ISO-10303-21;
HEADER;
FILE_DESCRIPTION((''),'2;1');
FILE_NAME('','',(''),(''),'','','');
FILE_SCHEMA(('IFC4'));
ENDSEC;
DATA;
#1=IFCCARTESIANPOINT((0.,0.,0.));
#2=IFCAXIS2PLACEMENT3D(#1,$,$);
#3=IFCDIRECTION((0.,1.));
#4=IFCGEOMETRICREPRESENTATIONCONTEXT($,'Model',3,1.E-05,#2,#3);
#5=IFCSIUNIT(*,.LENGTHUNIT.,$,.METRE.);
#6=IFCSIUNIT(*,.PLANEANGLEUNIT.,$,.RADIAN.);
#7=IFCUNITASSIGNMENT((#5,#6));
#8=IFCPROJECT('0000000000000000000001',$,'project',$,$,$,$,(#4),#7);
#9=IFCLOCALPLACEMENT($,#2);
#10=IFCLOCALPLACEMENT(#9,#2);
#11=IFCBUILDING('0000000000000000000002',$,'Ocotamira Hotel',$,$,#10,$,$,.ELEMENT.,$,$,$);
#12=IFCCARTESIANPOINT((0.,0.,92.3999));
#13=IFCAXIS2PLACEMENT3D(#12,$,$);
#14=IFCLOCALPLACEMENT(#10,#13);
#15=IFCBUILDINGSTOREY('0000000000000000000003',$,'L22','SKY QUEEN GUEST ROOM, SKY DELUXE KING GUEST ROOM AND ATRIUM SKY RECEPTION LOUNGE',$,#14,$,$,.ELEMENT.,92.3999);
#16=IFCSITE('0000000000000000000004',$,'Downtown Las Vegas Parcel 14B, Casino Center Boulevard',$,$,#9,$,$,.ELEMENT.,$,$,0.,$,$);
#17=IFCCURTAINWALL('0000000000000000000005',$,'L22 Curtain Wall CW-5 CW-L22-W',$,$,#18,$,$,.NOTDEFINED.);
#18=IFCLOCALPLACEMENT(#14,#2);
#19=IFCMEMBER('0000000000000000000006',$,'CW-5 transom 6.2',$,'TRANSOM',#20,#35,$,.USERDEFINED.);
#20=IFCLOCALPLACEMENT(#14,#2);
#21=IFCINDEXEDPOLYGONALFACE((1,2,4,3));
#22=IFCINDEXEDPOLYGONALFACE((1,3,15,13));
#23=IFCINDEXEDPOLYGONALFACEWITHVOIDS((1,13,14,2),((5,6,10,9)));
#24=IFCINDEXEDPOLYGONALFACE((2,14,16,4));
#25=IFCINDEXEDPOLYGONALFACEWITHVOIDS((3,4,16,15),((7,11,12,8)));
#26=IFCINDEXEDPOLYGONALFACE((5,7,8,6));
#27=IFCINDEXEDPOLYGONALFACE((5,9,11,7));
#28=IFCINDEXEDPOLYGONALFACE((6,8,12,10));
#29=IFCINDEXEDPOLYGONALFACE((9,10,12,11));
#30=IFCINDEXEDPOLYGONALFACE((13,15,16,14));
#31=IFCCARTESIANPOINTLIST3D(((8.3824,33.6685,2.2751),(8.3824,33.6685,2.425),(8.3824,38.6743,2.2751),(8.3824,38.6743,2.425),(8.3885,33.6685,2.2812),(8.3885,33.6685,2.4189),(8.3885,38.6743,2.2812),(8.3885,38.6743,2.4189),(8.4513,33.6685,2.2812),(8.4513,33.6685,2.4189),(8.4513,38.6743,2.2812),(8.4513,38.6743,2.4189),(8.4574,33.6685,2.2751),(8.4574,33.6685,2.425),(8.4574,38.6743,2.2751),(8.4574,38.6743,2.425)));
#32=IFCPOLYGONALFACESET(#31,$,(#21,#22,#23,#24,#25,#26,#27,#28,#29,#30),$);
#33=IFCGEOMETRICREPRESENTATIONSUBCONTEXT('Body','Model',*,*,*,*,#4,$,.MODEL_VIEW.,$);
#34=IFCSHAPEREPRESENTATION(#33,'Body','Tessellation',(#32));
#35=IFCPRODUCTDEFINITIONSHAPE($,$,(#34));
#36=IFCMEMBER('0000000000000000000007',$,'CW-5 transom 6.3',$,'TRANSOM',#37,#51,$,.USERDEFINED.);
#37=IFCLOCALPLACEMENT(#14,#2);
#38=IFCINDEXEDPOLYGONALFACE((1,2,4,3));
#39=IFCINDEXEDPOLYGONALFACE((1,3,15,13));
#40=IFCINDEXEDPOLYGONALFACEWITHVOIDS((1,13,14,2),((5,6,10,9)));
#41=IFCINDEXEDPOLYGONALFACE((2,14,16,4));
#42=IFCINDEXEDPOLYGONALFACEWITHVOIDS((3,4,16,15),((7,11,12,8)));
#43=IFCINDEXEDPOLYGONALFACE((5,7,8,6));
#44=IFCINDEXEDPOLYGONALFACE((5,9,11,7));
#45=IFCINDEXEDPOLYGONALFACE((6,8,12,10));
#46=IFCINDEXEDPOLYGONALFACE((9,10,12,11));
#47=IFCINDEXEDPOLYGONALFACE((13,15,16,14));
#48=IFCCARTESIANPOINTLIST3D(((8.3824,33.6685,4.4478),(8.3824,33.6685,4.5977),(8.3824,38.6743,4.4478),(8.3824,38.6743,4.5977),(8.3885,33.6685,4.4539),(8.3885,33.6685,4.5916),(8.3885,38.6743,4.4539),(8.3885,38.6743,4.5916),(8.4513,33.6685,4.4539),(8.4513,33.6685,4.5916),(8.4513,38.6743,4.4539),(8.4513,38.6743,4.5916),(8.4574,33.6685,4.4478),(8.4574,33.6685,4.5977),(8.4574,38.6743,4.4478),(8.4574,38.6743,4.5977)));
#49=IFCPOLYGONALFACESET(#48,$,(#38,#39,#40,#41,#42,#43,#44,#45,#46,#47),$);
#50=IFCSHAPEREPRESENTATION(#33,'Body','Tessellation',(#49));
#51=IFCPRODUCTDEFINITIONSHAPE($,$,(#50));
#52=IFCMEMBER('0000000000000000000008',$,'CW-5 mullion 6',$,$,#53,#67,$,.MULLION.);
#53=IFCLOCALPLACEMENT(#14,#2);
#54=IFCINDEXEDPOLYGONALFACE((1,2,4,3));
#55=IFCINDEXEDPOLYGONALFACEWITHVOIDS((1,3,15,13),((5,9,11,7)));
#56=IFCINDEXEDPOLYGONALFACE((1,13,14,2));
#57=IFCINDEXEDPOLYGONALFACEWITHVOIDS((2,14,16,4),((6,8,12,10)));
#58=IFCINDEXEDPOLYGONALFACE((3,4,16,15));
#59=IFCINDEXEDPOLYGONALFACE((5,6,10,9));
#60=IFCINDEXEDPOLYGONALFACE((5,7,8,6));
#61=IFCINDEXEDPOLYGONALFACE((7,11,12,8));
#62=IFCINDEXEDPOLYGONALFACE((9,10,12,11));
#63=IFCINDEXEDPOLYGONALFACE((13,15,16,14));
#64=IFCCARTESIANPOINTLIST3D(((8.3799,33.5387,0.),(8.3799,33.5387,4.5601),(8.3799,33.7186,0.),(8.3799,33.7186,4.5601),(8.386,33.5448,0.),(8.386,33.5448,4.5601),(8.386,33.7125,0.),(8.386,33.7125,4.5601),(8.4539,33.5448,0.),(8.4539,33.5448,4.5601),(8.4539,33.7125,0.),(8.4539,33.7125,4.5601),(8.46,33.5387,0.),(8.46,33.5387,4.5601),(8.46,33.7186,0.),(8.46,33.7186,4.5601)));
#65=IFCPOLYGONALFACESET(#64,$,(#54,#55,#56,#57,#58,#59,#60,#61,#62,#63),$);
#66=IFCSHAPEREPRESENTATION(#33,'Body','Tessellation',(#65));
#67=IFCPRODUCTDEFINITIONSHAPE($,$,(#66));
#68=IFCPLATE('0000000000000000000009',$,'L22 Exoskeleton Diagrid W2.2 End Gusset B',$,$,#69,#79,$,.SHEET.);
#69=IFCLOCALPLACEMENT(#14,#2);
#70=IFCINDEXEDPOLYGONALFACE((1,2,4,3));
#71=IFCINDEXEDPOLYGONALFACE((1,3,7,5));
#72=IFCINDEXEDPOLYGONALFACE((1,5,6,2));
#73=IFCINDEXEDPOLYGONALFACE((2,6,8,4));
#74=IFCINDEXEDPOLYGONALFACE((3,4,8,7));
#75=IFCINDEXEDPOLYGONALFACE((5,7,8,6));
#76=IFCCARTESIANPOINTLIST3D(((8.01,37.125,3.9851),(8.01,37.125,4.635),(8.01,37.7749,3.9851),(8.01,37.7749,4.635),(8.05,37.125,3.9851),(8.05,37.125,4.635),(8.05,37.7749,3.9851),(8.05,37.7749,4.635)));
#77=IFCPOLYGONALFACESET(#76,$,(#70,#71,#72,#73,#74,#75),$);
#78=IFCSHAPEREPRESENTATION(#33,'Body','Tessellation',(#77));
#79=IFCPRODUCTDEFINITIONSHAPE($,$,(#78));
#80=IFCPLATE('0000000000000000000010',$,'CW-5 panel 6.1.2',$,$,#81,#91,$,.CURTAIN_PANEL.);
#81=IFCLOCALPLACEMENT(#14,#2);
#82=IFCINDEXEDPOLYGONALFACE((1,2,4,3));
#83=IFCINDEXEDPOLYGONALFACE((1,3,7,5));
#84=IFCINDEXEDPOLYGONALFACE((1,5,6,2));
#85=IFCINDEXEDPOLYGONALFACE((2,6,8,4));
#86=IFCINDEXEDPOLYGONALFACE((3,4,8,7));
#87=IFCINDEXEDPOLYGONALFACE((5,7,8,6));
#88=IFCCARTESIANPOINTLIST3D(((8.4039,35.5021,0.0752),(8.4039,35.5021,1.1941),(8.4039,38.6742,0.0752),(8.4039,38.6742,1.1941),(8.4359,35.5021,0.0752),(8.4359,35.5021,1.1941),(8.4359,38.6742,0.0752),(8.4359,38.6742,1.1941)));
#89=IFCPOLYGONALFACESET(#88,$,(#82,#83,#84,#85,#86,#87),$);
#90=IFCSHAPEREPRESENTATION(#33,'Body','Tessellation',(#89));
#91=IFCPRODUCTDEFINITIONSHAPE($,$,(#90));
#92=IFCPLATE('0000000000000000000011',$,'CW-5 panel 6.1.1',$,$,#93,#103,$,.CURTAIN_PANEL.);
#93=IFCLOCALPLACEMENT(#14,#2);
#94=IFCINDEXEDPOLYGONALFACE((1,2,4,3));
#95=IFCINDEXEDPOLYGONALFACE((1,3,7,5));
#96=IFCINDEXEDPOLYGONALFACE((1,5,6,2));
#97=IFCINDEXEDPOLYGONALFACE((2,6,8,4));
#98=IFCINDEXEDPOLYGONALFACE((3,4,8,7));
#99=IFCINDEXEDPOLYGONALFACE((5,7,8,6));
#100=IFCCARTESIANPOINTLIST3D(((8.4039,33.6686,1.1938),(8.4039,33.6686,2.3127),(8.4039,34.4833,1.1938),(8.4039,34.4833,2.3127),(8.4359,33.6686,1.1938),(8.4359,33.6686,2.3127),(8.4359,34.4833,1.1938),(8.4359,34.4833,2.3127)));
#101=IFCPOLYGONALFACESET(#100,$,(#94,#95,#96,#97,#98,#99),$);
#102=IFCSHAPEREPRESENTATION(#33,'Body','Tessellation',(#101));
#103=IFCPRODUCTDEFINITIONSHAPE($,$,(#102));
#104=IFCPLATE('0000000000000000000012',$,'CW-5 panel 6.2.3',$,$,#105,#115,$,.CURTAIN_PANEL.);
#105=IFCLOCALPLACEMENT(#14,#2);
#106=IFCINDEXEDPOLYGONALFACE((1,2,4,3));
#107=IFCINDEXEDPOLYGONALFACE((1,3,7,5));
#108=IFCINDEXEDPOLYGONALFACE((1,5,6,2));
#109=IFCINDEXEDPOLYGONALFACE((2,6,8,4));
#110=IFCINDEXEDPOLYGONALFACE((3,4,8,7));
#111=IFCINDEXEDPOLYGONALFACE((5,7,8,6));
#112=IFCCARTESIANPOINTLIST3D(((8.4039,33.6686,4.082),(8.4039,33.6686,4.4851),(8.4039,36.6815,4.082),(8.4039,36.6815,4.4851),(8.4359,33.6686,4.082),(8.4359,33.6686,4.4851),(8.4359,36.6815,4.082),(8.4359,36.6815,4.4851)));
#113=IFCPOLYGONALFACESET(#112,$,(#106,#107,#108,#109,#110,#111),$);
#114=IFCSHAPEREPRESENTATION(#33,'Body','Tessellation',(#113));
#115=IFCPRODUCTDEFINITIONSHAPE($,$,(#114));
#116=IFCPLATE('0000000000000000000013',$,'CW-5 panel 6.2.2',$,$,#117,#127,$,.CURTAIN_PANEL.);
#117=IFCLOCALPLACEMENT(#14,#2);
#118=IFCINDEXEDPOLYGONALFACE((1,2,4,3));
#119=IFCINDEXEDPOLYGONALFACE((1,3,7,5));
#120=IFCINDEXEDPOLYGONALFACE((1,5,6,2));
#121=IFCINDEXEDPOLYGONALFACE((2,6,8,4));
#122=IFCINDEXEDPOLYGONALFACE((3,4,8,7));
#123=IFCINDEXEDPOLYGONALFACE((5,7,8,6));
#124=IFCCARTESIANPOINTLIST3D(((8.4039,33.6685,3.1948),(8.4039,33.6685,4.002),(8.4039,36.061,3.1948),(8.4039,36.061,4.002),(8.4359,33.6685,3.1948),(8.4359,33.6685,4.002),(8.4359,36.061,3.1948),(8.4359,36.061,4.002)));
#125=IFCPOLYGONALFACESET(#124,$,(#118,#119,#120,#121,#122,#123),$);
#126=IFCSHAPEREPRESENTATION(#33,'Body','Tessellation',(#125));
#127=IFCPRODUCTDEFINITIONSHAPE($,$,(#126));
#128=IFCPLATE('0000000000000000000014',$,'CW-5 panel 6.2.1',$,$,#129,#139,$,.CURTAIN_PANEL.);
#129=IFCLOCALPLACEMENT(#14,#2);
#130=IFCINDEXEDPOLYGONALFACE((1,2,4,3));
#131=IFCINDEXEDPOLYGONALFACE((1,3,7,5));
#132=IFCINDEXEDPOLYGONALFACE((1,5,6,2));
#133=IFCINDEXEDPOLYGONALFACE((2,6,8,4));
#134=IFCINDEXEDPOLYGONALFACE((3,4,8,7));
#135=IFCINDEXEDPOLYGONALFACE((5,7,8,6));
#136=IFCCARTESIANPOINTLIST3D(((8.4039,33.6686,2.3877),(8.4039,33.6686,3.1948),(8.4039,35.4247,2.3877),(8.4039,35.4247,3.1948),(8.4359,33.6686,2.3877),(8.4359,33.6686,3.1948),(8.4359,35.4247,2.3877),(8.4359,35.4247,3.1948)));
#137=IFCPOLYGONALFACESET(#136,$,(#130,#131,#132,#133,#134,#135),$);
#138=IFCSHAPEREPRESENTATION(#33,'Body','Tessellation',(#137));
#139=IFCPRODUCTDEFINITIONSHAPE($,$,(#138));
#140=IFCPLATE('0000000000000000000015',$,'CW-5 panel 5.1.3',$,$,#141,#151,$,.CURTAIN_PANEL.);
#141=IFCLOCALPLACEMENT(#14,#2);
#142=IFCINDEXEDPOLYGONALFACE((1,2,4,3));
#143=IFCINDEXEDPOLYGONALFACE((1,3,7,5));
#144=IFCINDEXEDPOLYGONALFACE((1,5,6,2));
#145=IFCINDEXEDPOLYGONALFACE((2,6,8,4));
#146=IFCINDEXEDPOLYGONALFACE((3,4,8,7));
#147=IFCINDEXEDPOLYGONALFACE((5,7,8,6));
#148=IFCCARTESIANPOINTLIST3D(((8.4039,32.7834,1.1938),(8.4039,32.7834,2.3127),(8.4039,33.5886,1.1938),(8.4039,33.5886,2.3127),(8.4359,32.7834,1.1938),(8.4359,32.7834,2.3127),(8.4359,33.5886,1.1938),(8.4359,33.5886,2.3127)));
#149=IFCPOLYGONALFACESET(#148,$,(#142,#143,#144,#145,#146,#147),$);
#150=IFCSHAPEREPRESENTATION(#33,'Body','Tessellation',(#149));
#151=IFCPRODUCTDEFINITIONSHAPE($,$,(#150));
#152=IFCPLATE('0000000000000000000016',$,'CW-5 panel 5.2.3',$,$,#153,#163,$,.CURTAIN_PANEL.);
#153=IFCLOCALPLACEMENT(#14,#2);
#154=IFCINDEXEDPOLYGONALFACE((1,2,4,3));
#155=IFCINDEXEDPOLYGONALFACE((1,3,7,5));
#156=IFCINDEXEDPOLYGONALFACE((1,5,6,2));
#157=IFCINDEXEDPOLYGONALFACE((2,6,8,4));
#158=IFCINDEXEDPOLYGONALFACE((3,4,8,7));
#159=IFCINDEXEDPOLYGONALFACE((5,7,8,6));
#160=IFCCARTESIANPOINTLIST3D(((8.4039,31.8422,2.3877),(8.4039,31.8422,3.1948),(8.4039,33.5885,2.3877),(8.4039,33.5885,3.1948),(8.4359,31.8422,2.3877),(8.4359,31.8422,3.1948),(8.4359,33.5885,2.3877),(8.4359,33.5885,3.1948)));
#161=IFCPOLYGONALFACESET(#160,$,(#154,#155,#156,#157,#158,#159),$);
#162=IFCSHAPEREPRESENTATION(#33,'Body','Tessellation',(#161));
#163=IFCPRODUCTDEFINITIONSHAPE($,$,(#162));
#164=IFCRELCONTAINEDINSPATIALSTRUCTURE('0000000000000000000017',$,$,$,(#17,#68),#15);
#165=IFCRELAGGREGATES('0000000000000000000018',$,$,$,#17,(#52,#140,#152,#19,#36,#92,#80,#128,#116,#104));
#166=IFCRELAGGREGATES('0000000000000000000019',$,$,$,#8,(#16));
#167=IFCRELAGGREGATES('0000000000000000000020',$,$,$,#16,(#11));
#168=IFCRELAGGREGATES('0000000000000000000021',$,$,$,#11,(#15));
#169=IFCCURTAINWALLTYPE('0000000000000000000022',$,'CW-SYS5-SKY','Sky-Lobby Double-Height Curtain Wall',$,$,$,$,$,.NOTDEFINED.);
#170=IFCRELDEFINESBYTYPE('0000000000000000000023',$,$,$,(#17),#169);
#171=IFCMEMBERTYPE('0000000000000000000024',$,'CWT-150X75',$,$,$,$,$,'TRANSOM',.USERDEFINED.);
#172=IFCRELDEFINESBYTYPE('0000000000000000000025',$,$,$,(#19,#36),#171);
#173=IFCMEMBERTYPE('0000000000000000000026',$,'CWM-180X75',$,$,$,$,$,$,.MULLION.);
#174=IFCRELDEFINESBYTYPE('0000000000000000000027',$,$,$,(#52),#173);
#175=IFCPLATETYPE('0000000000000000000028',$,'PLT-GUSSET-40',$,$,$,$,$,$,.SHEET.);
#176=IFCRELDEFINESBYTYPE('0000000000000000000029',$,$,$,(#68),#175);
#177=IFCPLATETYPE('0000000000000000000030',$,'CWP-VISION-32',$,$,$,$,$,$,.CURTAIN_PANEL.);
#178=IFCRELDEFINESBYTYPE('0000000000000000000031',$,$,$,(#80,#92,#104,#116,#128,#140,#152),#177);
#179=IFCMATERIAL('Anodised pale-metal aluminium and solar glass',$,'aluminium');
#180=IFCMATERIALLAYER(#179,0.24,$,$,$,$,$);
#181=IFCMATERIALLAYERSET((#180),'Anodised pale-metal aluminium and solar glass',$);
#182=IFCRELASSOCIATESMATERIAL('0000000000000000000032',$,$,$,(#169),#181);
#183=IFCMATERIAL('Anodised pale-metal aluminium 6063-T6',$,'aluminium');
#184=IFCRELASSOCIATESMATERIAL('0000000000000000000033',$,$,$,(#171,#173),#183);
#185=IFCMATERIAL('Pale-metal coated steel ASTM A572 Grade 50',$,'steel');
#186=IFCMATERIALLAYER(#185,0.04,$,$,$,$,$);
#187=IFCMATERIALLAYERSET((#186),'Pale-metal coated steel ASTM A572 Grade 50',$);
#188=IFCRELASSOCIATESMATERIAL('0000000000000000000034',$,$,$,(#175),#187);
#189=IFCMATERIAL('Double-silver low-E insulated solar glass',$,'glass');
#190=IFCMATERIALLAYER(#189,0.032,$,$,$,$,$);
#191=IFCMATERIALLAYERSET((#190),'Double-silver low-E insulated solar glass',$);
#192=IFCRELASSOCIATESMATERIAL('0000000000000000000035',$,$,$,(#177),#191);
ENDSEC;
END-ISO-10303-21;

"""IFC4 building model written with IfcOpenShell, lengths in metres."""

from ifc_helpers import new_model, si_unit, direction, frame, origin, origin_2d, place, context, subcontext, project, spatial, rectangle, hollow_rectangle, extrude, source, transform, mapped, material, layer, layer_set, material_profile, profile_set, type_object, element, aggregate, save


model = new_model("IFC4")

# Units and contexts
model_context = context("Model", 3, precision=1e-05, world=origin(), true_north=direction((0.0, 1.0)))
body_context = subcontext(model_context, "Body", "Model", "MODEL_VIEW")
ifc_project = project(units=[si_unit("LENGTHUNIT", "METRE"), si_unit("PLANEANGLEUNIT", "RADIAN")], contexts=[model_context])

# Site, building, storey
site_placement = place(None, origin())
site = spatial("IfcSite", under=ifc_project, at=site_placement, Name="Downtown Las Vegas Parcel 14B, Casino Center Boulevard", CompositionType="ELEMENT", RefElevation=0.0)
building_placement = place(site_placement, origin())
building = spatial("IfcBuilding", under=site, at=building_placement, Name="Ocotamira Hotel", CompositionType="ELEMENT")
storey_placement = place(building_placement, frame((0.0, 0.0, 92.3999)))
storey = spatial("IfcBuildingStorey", under=building, at=storey_placement, Name="L22", Description="SKY QUEEN GUEST ROOM, SKY DELUXE KING GUEST ROOM AND ATRIUM SKY RECEPTION LOUNGE", CompositionType="ELEMENT", Elevation=92.3999)

# Curtain wall, members
ifc_material_1 = material(Name="Anodised pale-metal aluminium and solar glass", Category="aluminium")
ifc_layer_1 = layer(ifc_material_1, 0.24)
ifc_layer_set_1 = layer_set([ifc_layer_1], Name="Anodised pale-metal aluminium and solar glass")
curtain_wall_type = type_object("IfcCurtainWallType", Name="CW-SYS5-SKY", Description="Sky-Lobby Double-Height Curtain Wall", PredefinedType="NOTDEFINED", material=ifc_layer_set_1)
curtain_wall_placement = place(storey_placement, origin())
curtain_wall = element("IfcCurtainWall", 1, at=curtain_wall_placement, inside=storey, type_object=curtain_wall_type, Name="L22 Curtain Wall CW-5 CW-L22-W", PredefinedType="NOTDEFINED")
ifc_material_2 = material(Name="Anodised pale-metal aluminium 6063-T6", Category="aluminium")
ifc_material_profile_1 = material_profile(ifc_material_2, hollow_rectangle(XDim=0.075, YDim=0.1499, WallThickness=0.0061, at=origin_2d()), Name="HSS150X75X6")
ifc_profile_set_1 = profile_set([ifc_material_profile_1], Name="Anodised pale-metal aluminium 6063-T6")
member_type_1 = type_object("IfcMemberType", Name="CWT-150X75", ElementType="TRANSOM", PredefinedType="USERDEFINED", material=ifc_profile_set_1)
shared_shape_1 = source(origin(), body_context, "Body", "SweptSolid", [
    extrude(hollow_rectangle(XDim=0.075, YDim=0.1499, WallThickness=0.0061, at=origin_2d()), origin(), (0.0, 0.0, 1.0), 5.0059),
])
member_1_placement = place(storey_placement, frame((8.4199, 33.6685, 2.3501), z_axis=(0.0, 1.0, 0.0), x_axis=(-1.0, 0.0, 0.0)))
member_1 = element("IfcMember", 2, at=member_1_placement, type_object=member_type_1, Name="CW-5 transom 6.2", ObjectType="TRANSOM", PredefinedType="USERDEFINED", context=body_context, shape_type="MappedRepresentation", body=[
    mapped(shared_shape_1, transform((0.0, 0.0, 0.0), scale=1.0)),
])
member_2_placement = place(storey_placement, frame((8.4199, 33.6685, 4.5227), z_axis=(0.0, 1.0, 0.0), x_axis=(-1.0, 0.0, 0.0)))
member_2 = element("IfcMember", 3, at=member_2_placement, type_object=member_type_1, Name="CW-5 transom 6.3", ObjectType="TRANSOM", PredefinedType="USERDEFINED", context=body_context, shape_type="MappedRepresentation", body=[
    mapped(shared_shape_1, transform((0.0, 0.0, 0.0), scale=1.0)),
])
ifc_material_profile_2 = material_profile(ifc_material_2, hollow_rectangle(XDim=0.0801, YDim=0.1799, WallThickness=0.0061, at=origin_2d()), Name="HSS180X80X6")
ifc_profile_set_2 = profile_set([ifc_material_profile_2], Name="Anodised pale-metal aluminium 6063-T6")
member_type_2 = type_object("IfcMemberType", Name="CWM-180X75", PredefinedType="MULLION", material=ifc_profile_set_2)
shared_shape_2 = source(origin(), body_context, "Body", "SweptSolid", [
    extrude(hollow_rectangle(XDim=0.0801, YDim=0.1799, WallThickness=0.0061, at=origin_2d()), origin(), (0.0, 0.0, 1.0), 4.5601),
])
member_3_placement = place(storey_placement, frame((8.4199, 33.6287, 0.0), z_axis=(0.0, 0.0, 1.0), x_axis=(-1.0, 0.0, 0.0)))
member_3 = element("IfcMember", 4, at=member_3_placement, type_object=member_type_2, Name="CW-5 mullion 6", PredefinedType="MULLION", context=body_context, shape_type="MappedRepresentation", body=[
    mapped(shared_shape_2, transform((0.0, 0.0, 0.0), scale=1.0)),
])

# Plates
ifc_material_3 = material(Name="Pale-metal coated steel ASTM A572 Grade 50", Category="steel")
ifc_layer_2 = layer(ifc_material_3, 0.04)
ifc_layer_set_2 = layer_set([ifc_layer_2], Name="Pale-metal coated steel ASTM A572 Grade 50")
plate_type_1 = type_object("IfcPlateType", Name="PLT-GUSSET-40", PredefinedType="SHEET", material=ifc_layer_set_2)
shared_shape_3 = source(origin(), body_context, "Body", "SweptSolid", [
    extrude(rectangle(XDim=0.04, YDim=0.6499, at=origin_2d()), origin(), (0.0, 0.0, 1.0), 0.6499),
])
plate_1_placement = place(storey_placement, frame((8.03, 37.45, 3.9851), z_axis=(0.0, 0.0, 1.0), x_axis=(1.0, 0.0, 0.0)))
element("IfcPlate", 5, at=plate_1_placement, inside=storey, type_object=plate_type_1, Name="L22 Exoskeleton Diagrid W2.2 End Gusset B", PredefinedType="SHEET", context=body_context, shape_type="MappedRepresentation", body=[
    mapped(shared_shape_3, transform((0.0, 0.0, 0.0), scale=1.0)),
])
ifc_material_4 = material(Name="Double-silver low-E insulated solar glass", Category="glass")
ifc_layer_3 = layer(ifc_material_4, 0.032)
ifc_layer_set_3 = layer_set([ifc_layer_3], Name="Double-silver low-E insulated solar glass")
plate_type_2 = type_object("IfcPlateType", Name="CWP-VISION-32", PredefinedType="CURTAIN_PANEL", material=ifc_layer_set_3)
shared_shape_4 = source(origin(), body_context, "Body", "SweptSolid", [
    extrude(rectangle(XDim=3.1721, YDim=0.032, at=origin_2d()), origin(), (0.0, 0.0, 1.0), 1.1189),
])
plate_2_placement = place(storey_placement, frame((8.4199, 37.0881, 0.0752), z_axis=(0.0, 0.0, 1.0), x_axis=(0.0, 1.0, 0.0)))
plate_2 = element("IfcPlate", 6, at=plate_2_placement, type_object=plate_type_2, Name="CW-5 panel 6.1.2", PredefinedType="CURTAIN_PANEL", context=body_context, shape_type="MappedRepresentation", body=[
    mapped(shared_shape_4, transform((0.0, 0.0, 0.0), scale=1.0)),
])
shared_shape_5 = source(origin(), body_context, "Body", "SweptSolid", [
    extrude(rectangle(XDim=0.8147, YDim=0.032, at=origin_2d()), origin(), (0.0, 0.0, 1.0), 1.1189),
])
plate_3_placement = place(storey_placement, frame((8.4199, 34.0759, 1.1938), z_axis=(0.0, 0.0, 1.0), x_axis=(0.0, 1.0, 0.0)))
plate_3 = element("IfcPlate", 7, at=plate_3_placement, type_object=plate_type_2, Name="CW-5 panel 6.1.1", PredefinedType="CURTAIN_PANEL", context=body_context, shape_type="MappedRepresentation", body=[
    mapped(shared_shape_5, transform((0.0, 0.0, 0.0), scale=1.0)),
])
shared_shape_6 = source(origin(), body_context, "Body", "SweptSolid", [
    extrude(rectangle(XDim=3.0129, YDim=0.032, at=origin_2d()), origin(), (0.0, 0.0, 1.0), 0.4031),
])
plate_4_placement = place(storey_placement, frame((8.4199, 35.175, 4.082), z_axis=(0.0, 0.0, 1.0), x_axis=(0.0, 1.0, 0.0)))
plate_4 = element("IfcPlate", 8, at=plate_4_placement, type_object=plate_type_2, Name="CW-5 panel 6.2.3", PredefinedType="CURTAIN_PANEL", context=body_context, shape_type="MappedRepresentation", body=[
    mapped(shared_shape_6, transform((0.0, 0.0, 0.0), scale=1.0)),
])
shared_shape_7 = source(origin(), body_context, "Body", "SweptSolid", [
    extrude(rectangle(XDim=2.3926, YDim=0.032, at=origin_2d()), origin(), (0.0, 0.0, 1.0), 0.8071),
])
plate_5_placement = place(storey_placement, frame((8.4199, 34.8647, 3.1948), z_axis=(0.0, 0.0, 1.0), x_axis=(0.0, 1.0, 0.0)))
plate_5 = element("IfcPlate", 9, at=plate_5_placement, type_object=plate_type_2, Name="CW-5 panel 6.2.2", PredefinedType="CURTAIN_PANEL", context=body_context, shape_type="MappedRepresentation", body=[
    mapped(shared_shape_7, transform((0.0, 0.0, 0.0), scale=1.0)),
])
shared_shape_8 = source(origin(), body_context, "Body", "SweptSolid", [
    extrude(rectangle(XDim=1.7561, YDim=0.032, at=origin_2d()), origin(), (0.0, 0.0, 1.0), 0.8071),
])
plate_6_placement = place(storey_placement, frame((8.4199, 34.5466, 2.3877), z_axis=(0.0, 0.0, 1.0), x_axis=(0.0, 1.0, 0.0)))
plate_6 = element("IfcPlate", 10, at=plate_6_placement, type_object=plate_type_2, Name="CW-5 panel 6.2.1", PredefinedType="CURTAIN_PANEL", context=body_context, shape_type="MappedRepresentation", body=[
    mapped(shared_shape_8, transform((0.0, 0.0, 0.0), scale=1.0)),
])
shared_shape_9 = source(origin(), body_context, "Body", "SweptSolid", [
    extrude(rectangle(XDim=0.8052, YDim=0.032, at=origin_2d()), origin(), (0.0, 0.0, 1.0), 1.1189),
])
plate_7_placement = place(storey_placement, frame((8.4199, 33.186, 1.1938), z_axis=(0.0, 0.0, 1.0), x_axis=(0.0, 1.0, 0.0)))
plate_7 = element("IfcPlate", 11, at=plate_7_placement, type_object=plate_type_2, Name="CW-5 panel 5.1.3", PredefinedType="CURTAIN_PANEL", context=body_context, shape_type="MappedRepresentation", body=[
    mapped(shared_shape_9, transform((0.0, 0.0, 0.0), scale=1.0)),
])
shared_shape_10 = source(origin(), body_context, "Body", "SweptSolid", [
    extrude(rectangle(XDim=1.7463, YDim=0.032, at=origin_2d()), origin(), (0.0, 0.0, 1.0), 0.8071),
])
plate_8_placement = place(storey_placement, frame((8.4199, 32.7153, 2.3877), z_axis=(0.0, 0.0, 1.0), x_axis=(0.0, 1.0, 0.0)))
plate_8 = element("IfcPlate", 12, at=plate_8_placement, type_object=plate_type_2, Name="CW-5 panel 5.2.3", PredefinedType="CURTAIN_PANEL", context=body_context, shape_type="MappedRepresentation", body=[
    mapped(shared_shape_10, transform((0.0, 0.0, 0.0), scale=1.0)),
])
aggregate(curtain_wall, [member_3, plate_7, plate_8, member_1, member_2, plate_3, plate_2, plate_6, plate_5, plate_4])

save(model, "model.ifc")
